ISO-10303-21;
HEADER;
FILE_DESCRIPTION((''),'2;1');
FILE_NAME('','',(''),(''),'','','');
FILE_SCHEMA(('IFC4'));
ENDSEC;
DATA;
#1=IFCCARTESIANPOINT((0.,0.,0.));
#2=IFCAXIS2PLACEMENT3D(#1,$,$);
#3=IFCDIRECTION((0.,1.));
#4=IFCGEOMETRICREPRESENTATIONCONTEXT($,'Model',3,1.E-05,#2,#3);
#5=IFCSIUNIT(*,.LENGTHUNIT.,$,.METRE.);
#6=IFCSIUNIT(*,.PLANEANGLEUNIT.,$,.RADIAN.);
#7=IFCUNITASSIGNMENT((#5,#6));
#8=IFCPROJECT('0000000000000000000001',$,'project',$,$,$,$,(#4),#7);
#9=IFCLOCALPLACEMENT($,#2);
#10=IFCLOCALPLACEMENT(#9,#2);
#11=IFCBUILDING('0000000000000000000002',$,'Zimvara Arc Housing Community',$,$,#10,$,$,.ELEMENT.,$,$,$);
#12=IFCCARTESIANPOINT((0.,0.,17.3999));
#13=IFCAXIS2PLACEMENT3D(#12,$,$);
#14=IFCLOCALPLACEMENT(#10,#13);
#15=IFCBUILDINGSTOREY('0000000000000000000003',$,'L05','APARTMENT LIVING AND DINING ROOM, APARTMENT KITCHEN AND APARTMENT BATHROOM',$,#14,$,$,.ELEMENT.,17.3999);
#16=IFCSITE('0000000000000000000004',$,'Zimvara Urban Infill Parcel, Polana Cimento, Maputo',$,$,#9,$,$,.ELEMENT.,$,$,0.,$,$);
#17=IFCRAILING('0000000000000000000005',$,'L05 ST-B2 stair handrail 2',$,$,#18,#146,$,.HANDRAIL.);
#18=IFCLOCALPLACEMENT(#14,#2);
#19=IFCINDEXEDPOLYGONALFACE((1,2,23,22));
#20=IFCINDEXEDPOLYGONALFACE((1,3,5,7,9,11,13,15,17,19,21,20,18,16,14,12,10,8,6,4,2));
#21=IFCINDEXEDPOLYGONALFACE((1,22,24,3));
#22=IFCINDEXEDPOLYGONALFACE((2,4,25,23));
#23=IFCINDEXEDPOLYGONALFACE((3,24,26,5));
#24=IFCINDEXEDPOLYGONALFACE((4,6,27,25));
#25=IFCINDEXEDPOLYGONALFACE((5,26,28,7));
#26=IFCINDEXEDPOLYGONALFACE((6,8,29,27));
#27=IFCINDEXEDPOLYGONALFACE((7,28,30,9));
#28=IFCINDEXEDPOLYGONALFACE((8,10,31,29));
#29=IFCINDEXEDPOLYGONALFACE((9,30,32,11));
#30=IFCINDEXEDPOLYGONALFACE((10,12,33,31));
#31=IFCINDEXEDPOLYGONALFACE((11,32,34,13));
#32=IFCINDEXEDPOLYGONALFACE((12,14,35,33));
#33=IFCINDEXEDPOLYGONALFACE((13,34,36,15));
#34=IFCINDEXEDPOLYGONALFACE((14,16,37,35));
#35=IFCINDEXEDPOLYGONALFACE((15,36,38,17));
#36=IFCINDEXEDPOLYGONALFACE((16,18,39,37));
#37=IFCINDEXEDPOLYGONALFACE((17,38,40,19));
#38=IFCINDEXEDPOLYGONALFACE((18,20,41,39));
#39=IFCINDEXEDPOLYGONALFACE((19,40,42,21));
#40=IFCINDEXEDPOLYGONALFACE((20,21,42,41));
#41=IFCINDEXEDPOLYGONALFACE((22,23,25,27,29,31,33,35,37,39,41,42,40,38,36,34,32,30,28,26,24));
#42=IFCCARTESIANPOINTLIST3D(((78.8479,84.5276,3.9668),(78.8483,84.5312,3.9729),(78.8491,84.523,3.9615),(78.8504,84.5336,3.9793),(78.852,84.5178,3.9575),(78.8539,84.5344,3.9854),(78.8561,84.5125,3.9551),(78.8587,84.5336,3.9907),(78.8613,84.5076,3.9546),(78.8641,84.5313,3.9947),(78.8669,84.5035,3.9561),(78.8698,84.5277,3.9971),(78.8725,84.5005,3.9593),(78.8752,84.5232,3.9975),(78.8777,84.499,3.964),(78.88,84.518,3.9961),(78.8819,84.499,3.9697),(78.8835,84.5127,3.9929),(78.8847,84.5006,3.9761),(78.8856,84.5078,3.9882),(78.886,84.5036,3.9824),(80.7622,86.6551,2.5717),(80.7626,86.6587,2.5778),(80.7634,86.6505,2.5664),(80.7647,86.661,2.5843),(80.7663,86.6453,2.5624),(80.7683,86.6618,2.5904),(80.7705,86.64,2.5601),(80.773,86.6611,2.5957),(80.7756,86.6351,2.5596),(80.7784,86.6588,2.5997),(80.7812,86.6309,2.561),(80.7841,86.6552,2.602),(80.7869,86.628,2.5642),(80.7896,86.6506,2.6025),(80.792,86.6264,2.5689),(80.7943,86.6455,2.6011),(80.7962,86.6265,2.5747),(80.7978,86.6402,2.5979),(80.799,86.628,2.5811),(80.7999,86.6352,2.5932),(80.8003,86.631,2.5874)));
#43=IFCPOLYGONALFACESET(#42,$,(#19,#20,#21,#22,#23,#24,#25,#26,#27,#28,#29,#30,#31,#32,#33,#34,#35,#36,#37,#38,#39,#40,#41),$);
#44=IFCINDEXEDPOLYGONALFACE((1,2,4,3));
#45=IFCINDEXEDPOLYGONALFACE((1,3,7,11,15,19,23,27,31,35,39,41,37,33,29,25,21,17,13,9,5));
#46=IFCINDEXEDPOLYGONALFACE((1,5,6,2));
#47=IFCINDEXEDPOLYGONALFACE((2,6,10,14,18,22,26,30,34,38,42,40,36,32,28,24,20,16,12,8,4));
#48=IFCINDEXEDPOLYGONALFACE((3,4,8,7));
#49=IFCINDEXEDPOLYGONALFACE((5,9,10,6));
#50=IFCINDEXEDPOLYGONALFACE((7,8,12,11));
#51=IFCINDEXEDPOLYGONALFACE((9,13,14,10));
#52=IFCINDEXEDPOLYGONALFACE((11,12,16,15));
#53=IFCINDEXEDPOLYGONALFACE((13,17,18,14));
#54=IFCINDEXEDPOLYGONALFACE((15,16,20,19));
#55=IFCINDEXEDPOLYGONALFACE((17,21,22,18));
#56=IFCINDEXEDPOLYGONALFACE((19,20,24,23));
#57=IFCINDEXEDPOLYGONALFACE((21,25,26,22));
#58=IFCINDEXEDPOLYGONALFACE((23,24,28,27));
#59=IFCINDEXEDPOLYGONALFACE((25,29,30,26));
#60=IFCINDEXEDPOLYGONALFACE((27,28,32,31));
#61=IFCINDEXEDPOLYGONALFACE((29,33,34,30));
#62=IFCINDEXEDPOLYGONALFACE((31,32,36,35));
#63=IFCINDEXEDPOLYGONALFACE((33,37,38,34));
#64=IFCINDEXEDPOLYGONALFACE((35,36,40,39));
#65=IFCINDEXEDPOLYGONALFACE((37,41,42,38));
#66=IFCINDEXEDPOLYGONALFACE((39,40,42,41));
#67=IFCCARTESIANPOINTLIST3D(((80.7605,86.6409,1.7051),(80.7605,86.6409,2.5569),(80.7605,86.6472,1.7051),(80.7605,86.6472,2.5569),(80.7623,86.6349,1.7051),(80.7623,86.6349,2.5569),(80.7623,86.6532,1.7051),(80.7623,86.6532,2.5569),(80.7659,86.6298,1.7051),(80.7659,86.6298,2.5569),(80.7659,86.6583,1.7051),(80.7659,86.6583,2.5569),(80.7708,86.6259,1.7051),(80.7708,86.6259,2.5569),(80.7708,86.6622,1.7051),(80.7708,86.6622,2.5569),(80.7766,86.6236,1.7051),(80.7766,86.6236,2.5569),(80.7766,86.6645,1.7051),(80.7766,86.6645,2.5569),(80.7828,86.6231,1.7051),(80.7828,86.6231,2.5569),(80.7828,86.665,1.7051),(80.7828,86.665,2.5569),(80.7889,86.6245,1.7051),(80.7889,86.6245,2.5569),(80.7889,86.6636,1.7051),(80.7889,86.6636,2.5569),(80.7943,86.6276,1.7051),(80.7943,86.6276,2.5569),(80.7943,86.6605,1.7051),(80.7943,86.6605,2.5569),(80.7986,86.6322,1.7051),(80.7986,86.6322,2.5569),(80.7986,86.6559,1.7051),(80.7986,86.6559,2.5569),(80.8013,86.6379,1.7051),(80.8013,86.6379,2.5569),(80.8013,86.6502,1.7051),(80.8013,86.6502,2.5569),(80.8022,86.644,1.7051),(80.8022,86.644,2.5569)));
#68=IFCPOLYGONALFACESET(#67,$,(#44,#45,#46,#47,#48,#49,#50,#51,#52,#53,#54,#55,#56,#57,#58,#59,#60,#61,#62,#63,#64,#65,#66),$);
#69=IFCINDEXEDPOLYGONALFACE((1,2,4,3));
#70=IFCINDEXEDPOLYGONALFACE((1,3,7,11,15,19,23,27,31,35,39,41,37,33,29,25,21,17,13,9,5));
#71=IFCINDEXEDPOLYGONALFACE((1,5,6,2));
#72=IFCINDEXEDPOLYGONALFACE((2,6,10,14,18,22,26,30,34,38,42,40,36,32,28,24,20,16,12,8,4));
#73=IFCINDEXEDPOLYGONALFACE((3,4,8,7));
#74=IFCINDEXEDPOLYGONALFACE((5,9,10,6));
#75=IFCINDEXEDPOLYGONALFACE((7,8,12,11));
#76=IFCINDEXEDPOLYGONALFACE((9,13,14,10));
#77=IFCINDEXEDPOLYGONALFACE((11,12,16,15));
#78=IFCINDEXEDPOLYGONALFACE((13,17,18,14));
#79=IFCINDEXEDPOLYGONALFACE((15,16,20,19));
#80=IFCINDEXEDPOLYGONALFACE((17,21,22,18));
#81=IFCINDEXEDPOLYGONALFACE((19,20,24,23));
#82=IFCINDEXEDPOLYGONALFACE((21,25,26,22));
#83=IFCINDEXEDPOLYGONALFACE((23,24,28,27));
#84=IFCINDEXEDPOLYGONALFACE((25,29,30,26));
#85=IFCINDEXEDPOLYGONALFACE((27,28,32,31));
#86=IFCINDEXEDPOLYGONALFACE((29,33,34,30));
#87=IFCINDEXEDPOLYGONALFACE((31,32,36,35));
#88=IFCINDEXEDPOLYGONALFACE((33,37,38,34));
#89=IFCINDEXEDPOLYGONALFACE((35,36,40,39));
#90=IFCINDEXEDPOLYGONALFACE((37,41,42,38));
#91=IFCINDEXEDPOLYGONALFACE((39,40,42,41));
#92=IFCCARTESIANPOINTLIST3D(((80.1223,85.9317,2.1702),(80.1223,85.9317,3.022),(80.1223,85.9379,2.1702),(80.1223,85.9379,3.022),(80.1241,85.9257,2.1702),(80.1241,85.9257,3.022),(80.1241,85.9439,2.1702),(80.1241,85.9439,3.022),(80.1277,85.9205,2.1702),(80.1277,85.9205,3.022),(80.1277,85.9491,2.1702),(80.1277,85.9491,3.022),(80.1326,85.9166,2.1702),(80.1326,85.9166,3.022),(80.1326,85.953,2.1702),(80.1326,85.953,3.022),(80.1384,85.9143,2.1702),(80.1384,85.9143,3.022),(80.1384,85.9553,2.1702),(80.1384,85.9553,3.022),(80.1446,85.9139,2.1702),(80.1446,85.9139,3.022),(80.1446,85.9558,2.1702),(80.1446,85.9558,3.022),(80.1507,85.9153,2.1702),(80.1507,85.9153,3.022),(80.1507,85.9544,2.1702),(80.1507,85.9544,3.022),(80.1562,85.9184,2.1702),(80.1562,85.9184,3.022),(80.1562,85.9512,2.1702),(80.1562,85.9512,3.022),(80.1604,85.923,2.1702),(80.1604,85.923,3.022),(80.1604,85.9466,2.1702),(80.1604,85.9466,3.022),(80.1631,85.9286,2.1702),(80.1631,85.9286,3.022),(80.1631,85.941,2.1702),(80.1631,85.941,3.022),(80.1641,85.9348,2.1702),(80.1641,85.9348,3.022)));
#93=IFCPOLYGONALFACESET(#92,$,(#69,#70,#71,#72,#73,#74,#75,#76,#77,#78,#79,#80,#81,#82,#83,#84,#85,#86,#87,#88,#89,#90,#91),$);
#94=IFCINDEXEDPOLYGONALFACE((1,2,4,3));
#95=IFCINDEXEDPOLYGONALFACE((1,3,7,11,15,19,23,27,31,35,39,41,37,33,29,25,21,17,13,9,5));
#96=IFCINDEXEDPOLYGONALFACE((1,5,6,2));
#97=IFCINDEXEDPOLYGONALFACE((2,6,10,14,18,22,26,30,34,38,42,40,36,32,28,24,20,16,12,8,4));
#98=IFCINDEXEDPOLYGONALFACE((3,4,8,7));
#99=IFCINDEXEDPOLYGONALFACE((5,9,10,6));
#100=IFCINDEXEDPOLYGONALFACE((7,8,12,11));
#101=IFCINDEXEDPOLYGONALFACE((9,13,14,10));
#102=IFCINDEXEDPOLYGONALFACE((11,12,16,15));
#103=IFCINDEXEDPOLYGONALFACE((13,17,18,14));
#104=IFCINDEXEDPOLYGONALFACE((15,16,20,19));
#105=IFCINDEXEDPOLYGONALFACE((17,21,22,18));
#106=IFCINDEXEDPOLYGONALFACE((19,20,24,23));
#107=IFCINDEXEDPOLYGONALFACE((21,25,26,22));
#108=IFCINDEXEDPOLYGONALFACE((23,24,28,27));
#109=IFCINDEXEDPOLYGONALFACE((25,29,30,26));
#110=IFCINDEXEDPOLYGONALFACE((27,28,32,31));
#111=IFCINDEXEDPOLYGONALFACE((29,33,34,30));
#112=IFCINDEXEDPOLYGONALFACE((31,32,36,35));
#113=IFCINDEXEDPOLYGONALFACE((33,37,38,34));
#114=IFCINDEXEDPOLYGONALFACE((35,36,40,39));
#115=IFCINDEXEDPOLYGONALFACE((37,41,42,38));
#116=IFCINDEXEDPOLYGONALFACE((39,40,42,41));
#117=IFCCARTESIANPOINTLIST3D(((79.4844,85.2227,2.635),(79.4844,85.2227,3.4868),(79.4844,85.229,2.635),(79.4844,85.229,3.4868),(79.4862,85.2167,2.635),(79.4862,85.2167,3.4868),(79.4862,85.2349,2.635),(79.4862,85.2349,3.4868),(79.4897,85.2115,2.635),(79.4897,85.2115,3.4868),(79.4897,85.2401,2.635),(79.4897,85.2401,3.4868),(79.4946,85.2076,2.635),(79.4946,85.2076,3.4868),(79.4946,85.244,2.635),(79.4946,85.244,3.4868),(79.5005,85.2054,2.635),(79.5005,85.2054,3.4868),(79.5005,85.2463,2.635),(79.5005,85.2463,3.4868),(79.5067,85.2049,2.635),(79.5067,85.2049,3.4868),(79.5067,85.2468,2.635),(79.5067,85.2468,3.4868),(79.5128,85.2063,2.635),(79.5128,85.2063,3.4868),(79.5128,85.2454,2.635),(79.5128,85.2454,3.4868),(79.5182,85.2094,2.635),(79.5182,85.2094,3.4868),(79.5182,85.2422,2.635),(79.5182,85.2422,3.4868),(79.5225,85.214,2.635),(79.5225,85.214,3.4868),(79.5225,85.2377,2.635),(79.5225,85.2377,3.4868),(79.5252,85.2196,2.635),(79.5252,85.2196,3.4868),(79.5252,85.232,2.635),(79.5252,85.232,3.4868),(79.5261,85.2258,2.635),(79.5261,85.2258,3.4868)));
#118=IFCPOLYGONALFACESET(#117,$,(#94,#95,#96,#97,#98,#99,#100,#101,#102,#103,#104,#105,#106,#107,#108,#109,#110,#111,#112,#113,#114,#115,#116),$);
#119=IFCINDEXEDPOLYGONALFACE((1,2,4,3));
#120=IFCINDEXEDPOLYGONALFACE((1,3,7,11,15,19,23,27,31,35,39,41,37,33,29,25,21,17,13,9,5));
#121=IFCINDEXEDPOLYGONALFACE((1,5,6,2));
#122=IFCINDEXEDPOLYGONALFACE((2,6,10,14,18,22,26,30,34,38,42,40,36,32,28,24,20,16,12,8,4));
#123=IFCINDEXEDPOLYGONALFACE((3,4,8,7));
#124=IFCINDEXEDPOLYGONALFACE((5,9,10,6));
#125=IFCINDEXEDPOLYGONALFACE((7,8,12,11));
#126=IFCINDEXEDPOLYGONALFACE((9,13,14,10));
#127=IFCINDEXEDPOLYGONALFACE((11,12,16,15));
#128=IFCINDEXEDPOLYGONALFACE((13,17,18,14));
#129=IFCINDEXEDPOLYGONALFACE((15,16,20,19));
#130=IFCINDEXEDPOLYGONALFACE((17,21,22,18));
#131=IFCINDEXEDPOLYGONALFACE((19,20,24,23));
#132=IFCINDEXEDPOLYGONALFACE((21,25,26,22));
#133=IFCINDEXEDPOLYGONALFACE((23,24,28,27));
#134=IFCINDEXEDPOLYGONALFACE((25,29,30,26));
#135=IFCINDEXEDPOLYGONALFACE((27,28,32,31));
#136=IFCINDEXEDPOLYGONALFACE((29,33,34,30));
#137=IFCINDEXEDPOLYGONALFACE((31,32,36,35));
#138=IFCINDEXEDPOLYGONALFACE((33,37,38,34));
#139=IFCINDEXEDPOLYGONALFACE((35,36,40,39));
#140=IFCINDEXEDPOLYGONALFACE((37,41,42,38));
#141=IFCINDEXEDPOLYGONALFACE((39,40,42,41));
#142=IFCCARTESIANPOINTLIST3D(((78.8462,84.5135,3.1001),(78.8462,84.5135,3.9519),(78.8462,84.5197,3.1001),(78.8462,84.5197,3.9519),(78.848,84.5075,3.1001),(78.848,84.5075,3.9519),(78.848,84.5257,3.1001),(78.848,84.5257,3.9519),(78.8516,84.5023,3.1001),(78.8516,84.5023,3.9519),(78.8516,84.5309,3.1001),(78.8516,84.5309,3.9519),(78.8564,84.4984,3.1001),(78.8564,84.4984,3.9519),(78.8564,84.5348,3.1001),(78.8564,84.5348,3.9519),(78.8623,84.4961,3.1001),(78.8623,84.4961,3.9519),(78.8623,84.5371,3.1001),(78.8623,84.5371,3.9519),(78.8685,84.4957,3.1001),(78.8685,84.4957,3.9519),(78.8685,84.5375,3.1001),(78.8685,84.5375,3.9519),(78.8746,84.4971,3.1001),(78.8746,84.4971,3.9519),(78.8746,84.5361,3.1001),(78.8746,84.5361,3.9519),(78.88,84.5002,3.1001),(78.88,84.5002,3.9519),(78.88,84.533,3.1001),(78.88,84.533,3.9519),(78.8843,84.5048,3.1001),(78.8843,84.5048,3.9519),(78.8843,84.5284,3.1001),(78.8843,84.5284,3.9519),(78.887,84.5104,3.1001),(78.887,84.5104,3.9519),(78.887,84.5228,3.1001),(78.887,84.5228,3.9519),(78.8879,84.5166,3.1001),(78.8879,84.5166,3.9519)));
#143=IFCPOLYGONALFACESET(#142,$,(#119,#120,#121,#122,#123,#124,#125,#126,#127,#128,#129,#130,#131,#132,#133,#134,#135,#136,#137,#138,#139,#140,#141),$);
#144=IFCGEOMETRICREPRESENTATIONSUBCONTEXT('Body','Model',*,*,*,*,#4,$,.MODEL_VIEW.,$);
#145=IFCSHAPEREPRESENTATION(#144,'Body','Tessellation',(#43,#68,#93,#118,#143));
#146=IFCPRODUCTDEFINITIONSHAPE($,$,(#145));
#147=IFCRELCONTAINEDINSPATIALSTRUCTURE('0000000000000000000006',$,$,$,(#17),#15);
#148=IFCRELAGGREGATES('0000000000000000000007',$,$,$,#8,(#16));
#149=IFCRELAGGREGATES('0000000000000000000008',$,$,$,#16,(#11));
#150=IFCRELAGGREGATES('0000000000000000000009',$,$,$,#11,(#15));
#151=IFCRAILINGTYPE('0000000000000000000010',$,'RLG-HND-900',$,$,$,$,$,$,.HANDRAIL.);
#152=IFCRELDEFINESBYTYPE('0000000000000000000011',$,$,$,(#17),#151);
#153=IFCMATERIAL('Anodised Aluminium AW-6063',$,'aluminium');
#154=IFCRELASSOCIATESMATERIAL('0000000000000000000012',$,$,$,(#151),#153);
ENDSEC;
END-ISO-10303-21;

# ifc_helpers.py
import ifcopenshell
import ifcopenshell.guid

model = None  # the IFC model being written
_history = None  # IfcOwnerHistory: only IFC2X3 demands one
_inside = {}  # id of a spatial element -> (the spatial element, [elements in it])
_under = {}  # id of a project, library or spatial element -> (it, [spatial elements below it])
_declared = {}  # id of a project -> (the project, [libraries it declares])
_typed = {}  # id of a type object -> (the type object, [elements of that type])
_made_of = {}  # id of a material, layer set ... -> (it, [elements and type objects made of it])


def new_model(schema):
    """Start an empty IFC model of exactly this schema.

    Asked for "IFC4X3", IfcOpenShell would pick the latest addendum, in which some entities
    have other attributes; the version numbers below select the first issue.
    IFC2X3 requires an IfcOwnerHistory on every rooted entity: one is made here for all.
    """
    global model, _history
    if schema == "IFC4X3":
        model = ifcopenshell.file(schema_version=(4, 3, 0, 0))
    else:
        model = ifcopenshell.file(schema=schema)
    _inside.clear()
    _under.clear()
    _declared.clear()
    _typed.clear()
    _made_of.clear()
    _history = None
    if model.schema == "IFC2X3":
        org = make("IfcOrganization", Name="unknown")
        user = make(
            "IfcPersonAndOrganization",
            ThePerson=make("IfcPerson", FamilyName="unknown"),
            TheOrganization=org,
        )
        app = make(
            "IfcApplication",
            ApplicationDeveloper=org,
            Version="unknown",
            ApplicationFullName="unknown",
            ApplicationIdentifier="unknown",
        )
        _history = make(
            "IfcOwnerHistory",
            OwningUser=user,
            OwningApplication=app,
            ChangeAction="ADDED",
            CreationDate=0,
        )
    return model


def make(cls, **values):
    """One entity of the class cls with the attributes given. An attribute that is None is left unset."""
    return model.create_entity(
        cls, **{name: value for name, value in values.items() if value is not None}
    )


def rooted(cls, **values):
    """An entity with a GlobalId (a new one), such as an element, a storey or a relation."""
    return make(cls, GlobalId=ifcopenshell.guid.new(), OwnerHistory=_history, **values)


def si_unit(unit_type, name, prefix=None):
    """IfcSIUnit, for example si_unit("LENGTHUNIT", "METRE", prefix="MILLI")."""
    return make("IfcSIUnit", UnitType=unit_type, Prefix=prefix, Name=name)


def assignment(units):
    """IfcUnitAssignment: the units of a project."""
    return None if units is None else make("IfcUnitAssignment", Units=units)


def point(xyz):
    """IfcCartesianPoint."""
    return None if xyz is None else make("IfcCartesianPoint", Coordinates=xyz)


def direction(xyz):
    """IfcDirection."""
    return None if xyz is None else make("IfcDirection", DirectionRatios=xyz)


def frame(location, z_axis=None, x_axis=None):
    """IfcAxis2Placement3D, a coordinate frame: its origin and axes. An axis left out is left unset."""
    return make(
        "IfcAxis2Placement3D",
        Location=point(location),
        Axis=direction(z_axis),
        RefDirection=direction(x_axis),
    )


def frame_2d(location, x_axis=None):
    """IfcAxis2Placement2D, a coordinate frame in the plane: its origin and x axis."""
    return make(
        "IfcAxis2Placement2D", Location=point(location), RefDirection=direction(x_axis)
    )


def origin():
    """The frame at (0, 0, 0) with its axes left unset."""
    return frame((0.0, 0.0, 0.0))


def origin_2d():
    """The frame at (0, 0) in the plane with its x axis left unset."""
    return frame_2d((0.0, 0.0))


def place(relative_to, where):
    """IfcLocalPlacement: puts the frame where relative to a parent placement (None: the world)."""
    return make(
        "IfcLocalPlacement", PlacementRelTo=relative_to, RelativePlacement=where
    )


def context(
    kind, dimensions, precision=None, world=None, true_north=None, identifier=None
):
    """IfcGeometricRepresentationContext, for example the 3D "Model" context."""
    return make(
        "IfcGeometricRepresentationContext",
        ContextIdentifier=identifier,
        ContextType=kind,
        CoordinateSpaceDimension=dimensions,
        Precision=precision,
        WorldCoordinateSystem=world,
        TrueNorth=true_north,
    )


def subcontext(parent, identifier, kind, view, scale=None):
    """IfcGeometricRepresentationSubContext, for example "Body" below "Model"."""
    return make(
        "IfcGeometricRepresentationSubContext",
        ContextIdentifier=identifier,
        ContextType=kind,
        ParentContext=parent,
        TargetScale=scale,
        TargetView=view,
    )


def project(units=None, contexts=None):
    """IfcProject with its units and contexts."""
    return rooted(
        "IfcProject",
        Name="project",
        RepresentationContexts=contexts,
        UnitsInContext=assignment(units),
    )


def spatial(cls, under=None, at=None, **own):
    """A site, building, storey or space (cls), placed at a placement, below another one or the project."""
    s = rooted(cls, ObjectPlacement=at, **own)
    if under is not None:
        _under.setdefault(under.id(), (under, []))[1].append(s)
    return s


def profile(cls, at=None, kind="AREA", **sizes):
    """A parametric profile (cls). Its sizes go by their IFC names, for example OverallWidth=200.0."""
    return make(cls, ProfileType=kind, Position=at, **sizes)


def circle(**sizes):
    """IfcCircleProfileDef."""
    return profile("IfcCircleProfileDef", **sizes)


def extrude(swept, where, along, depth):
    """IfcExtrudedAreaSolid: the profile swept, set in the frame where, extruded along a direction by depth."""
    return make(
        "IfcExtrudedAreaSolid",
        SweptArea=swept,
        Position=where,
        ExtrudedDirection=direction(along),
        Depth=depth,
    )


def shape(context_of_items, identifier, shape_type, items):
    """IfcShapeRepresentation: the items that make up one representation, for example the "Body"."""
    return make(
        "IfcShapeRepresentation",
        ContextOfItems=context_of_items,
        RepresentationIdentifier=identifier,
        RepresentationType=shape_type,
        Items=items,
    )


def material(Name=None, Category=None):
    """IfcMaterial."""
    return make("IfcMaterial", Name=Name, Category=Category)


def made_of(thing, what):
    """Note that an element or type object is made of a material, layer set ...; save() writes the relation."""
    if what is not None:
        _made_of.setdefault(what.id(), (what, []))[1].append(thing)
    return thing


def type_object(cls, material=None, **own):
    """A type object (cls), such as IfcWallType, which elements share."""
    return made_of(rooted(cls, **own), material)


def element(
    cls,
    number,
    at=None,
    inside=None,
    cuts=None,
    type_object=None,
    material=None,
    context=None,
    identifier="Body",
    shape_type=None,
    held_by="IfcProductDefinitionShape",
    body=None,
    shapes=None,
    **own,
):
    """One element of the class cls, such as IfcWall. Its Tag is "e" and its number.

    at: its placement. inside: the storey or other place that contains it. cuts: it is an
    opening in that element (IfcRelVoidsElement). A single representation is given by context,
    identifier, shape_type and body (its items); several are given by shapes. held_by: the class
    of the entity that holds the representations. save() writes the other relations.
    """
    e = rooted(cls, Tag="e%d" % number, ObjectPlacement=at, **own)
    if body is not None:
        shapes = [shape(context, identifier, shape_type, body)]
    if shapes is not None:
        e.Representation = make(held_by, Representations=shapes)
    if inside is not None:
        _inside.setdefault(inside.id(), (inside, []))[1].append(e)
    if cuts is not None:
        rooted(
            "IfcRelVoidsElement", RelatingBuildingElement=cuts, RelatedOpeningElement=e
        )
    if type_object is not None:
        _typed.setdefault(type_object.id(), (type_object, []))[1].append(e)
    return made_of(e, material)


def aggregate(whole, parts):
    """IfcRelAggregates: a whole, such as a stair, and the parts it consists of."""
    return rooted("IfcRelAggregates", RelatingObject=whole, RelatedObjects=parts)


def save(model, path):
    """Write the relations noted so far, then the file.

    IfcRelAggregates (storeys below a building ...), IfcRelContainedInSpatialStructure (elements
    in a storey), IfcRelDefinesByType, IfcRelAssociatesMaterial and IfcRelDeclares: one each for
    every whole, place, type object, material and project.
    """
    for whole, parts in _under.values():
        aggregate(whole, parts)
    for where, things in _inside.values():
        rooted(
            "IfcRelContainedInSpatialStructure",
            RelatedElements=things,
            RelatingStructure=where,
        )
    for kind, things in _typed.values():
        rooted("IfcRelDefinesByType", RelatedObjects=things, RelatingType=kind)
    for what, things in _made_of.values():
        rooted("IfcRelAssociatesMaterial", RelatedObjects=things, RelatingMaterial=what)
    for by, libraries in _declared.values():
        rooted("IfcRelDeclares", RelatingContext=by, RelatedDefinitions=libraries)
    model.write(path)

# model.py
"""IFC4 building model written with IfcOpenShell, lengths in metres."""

from ifc_helpers import new_model, si_unit, direction, frame, origin, origin_2d, place, context, subcontext, project, spatial, circle, extrude, material, type_object, element, save


model = new_model("IFC4")

# Units and contexts
model_context = context("Model", 3, precision=1e-05, world=origin(), true_north=direction((0.0, 1.0)))
body_context = subcontext(model_context, "Body", "Model", "MODEL_VIEW")
ifc_project = project(units=[si_unit("LENGTHUNIT", "METRE"), si_unit("PLANEANGLEUNIT", "RADIAN")], contexts=[model_context])

# Site, building, storey
site_placement = place(None, origin())
site = spatial("IfcSite", under=ifc_project, at=site_placement, Name="Zimvara Urban Infill Parcel, Polana Cimento, Maputo", CompositionType="ELEMENT", RefElevation=0.0)
building_placement = place(site_placement, origin())
building = spatial("IfcBuilding", under=site, at=building_placement, Name="Zimvara Arc Housing Community", CompositionType="ELEMENT")
storey_placement = place(building_placement, frame((0.0, 0.0, 17.3999)))
storey = spatial("IfcBuildingStorey", under=building, at=storey_placement, Name="L05", Description="APARTMENT LIVING AND DINING ROOM, APARTMENT KITCHEN AND APARTMENT BATHROOM", CompositionType="ELEMENT", Elevation=17.3999)

# Railing
ifc_material_1 = material(Name="Anodised Aluminium AW-6063", Category="aluminium")
railing_type_1 = type_object("IfcRailingType", Name="RLG-HND-900", PredefinedType="HANDRAIL", material=ifc_material_1)
railing_1_placement = place(storey_placement, frame((80.7812, 86.644, 1.7051)))
element("IfcRailing", 1, at=railing_1_placement, inside=storey, type_object=railing_type_1, Name="L05 ST-B2 stair handrail 2", PredefinedType="HANDRAIL", context=body_context, shape_type="SweptSolid", body=[
    extrude(circle(Radius=0.0239, at=origin_2d()), frame((0.0, 0.0, 0.876), z_axis=(-0.601263, -0.668206, 0.43816), x_axis=(0.743362, -0.668889, 0.0)), (0.0, 0.0, 1.0), 3.1838),
    extrude(circle(Radius=0.021, at=origin_2d()), origin(), (0.0, 0.0, 1.0), 0.8518),
    extrude(circle(Radius=0.021, at=origin_2d()), frame((-0.6382, -0.7092, 0.4651)), (0.0, 0.0, 1.0), 0.8518),
    extrude(circle(Radius=0.021, at=origin_2d()), frame((-1.2761, -1.4182, 0.9299)), (0.0, 0.0, 1.0), 0.8518),
    extrude(circle(Radius=0.021, at=origin_2d()), frame((-1.9143, -2.1274, 1.395)), (0.0, 0.0, 1.0), 0.8518),
])

save(model, "model.ifc")
